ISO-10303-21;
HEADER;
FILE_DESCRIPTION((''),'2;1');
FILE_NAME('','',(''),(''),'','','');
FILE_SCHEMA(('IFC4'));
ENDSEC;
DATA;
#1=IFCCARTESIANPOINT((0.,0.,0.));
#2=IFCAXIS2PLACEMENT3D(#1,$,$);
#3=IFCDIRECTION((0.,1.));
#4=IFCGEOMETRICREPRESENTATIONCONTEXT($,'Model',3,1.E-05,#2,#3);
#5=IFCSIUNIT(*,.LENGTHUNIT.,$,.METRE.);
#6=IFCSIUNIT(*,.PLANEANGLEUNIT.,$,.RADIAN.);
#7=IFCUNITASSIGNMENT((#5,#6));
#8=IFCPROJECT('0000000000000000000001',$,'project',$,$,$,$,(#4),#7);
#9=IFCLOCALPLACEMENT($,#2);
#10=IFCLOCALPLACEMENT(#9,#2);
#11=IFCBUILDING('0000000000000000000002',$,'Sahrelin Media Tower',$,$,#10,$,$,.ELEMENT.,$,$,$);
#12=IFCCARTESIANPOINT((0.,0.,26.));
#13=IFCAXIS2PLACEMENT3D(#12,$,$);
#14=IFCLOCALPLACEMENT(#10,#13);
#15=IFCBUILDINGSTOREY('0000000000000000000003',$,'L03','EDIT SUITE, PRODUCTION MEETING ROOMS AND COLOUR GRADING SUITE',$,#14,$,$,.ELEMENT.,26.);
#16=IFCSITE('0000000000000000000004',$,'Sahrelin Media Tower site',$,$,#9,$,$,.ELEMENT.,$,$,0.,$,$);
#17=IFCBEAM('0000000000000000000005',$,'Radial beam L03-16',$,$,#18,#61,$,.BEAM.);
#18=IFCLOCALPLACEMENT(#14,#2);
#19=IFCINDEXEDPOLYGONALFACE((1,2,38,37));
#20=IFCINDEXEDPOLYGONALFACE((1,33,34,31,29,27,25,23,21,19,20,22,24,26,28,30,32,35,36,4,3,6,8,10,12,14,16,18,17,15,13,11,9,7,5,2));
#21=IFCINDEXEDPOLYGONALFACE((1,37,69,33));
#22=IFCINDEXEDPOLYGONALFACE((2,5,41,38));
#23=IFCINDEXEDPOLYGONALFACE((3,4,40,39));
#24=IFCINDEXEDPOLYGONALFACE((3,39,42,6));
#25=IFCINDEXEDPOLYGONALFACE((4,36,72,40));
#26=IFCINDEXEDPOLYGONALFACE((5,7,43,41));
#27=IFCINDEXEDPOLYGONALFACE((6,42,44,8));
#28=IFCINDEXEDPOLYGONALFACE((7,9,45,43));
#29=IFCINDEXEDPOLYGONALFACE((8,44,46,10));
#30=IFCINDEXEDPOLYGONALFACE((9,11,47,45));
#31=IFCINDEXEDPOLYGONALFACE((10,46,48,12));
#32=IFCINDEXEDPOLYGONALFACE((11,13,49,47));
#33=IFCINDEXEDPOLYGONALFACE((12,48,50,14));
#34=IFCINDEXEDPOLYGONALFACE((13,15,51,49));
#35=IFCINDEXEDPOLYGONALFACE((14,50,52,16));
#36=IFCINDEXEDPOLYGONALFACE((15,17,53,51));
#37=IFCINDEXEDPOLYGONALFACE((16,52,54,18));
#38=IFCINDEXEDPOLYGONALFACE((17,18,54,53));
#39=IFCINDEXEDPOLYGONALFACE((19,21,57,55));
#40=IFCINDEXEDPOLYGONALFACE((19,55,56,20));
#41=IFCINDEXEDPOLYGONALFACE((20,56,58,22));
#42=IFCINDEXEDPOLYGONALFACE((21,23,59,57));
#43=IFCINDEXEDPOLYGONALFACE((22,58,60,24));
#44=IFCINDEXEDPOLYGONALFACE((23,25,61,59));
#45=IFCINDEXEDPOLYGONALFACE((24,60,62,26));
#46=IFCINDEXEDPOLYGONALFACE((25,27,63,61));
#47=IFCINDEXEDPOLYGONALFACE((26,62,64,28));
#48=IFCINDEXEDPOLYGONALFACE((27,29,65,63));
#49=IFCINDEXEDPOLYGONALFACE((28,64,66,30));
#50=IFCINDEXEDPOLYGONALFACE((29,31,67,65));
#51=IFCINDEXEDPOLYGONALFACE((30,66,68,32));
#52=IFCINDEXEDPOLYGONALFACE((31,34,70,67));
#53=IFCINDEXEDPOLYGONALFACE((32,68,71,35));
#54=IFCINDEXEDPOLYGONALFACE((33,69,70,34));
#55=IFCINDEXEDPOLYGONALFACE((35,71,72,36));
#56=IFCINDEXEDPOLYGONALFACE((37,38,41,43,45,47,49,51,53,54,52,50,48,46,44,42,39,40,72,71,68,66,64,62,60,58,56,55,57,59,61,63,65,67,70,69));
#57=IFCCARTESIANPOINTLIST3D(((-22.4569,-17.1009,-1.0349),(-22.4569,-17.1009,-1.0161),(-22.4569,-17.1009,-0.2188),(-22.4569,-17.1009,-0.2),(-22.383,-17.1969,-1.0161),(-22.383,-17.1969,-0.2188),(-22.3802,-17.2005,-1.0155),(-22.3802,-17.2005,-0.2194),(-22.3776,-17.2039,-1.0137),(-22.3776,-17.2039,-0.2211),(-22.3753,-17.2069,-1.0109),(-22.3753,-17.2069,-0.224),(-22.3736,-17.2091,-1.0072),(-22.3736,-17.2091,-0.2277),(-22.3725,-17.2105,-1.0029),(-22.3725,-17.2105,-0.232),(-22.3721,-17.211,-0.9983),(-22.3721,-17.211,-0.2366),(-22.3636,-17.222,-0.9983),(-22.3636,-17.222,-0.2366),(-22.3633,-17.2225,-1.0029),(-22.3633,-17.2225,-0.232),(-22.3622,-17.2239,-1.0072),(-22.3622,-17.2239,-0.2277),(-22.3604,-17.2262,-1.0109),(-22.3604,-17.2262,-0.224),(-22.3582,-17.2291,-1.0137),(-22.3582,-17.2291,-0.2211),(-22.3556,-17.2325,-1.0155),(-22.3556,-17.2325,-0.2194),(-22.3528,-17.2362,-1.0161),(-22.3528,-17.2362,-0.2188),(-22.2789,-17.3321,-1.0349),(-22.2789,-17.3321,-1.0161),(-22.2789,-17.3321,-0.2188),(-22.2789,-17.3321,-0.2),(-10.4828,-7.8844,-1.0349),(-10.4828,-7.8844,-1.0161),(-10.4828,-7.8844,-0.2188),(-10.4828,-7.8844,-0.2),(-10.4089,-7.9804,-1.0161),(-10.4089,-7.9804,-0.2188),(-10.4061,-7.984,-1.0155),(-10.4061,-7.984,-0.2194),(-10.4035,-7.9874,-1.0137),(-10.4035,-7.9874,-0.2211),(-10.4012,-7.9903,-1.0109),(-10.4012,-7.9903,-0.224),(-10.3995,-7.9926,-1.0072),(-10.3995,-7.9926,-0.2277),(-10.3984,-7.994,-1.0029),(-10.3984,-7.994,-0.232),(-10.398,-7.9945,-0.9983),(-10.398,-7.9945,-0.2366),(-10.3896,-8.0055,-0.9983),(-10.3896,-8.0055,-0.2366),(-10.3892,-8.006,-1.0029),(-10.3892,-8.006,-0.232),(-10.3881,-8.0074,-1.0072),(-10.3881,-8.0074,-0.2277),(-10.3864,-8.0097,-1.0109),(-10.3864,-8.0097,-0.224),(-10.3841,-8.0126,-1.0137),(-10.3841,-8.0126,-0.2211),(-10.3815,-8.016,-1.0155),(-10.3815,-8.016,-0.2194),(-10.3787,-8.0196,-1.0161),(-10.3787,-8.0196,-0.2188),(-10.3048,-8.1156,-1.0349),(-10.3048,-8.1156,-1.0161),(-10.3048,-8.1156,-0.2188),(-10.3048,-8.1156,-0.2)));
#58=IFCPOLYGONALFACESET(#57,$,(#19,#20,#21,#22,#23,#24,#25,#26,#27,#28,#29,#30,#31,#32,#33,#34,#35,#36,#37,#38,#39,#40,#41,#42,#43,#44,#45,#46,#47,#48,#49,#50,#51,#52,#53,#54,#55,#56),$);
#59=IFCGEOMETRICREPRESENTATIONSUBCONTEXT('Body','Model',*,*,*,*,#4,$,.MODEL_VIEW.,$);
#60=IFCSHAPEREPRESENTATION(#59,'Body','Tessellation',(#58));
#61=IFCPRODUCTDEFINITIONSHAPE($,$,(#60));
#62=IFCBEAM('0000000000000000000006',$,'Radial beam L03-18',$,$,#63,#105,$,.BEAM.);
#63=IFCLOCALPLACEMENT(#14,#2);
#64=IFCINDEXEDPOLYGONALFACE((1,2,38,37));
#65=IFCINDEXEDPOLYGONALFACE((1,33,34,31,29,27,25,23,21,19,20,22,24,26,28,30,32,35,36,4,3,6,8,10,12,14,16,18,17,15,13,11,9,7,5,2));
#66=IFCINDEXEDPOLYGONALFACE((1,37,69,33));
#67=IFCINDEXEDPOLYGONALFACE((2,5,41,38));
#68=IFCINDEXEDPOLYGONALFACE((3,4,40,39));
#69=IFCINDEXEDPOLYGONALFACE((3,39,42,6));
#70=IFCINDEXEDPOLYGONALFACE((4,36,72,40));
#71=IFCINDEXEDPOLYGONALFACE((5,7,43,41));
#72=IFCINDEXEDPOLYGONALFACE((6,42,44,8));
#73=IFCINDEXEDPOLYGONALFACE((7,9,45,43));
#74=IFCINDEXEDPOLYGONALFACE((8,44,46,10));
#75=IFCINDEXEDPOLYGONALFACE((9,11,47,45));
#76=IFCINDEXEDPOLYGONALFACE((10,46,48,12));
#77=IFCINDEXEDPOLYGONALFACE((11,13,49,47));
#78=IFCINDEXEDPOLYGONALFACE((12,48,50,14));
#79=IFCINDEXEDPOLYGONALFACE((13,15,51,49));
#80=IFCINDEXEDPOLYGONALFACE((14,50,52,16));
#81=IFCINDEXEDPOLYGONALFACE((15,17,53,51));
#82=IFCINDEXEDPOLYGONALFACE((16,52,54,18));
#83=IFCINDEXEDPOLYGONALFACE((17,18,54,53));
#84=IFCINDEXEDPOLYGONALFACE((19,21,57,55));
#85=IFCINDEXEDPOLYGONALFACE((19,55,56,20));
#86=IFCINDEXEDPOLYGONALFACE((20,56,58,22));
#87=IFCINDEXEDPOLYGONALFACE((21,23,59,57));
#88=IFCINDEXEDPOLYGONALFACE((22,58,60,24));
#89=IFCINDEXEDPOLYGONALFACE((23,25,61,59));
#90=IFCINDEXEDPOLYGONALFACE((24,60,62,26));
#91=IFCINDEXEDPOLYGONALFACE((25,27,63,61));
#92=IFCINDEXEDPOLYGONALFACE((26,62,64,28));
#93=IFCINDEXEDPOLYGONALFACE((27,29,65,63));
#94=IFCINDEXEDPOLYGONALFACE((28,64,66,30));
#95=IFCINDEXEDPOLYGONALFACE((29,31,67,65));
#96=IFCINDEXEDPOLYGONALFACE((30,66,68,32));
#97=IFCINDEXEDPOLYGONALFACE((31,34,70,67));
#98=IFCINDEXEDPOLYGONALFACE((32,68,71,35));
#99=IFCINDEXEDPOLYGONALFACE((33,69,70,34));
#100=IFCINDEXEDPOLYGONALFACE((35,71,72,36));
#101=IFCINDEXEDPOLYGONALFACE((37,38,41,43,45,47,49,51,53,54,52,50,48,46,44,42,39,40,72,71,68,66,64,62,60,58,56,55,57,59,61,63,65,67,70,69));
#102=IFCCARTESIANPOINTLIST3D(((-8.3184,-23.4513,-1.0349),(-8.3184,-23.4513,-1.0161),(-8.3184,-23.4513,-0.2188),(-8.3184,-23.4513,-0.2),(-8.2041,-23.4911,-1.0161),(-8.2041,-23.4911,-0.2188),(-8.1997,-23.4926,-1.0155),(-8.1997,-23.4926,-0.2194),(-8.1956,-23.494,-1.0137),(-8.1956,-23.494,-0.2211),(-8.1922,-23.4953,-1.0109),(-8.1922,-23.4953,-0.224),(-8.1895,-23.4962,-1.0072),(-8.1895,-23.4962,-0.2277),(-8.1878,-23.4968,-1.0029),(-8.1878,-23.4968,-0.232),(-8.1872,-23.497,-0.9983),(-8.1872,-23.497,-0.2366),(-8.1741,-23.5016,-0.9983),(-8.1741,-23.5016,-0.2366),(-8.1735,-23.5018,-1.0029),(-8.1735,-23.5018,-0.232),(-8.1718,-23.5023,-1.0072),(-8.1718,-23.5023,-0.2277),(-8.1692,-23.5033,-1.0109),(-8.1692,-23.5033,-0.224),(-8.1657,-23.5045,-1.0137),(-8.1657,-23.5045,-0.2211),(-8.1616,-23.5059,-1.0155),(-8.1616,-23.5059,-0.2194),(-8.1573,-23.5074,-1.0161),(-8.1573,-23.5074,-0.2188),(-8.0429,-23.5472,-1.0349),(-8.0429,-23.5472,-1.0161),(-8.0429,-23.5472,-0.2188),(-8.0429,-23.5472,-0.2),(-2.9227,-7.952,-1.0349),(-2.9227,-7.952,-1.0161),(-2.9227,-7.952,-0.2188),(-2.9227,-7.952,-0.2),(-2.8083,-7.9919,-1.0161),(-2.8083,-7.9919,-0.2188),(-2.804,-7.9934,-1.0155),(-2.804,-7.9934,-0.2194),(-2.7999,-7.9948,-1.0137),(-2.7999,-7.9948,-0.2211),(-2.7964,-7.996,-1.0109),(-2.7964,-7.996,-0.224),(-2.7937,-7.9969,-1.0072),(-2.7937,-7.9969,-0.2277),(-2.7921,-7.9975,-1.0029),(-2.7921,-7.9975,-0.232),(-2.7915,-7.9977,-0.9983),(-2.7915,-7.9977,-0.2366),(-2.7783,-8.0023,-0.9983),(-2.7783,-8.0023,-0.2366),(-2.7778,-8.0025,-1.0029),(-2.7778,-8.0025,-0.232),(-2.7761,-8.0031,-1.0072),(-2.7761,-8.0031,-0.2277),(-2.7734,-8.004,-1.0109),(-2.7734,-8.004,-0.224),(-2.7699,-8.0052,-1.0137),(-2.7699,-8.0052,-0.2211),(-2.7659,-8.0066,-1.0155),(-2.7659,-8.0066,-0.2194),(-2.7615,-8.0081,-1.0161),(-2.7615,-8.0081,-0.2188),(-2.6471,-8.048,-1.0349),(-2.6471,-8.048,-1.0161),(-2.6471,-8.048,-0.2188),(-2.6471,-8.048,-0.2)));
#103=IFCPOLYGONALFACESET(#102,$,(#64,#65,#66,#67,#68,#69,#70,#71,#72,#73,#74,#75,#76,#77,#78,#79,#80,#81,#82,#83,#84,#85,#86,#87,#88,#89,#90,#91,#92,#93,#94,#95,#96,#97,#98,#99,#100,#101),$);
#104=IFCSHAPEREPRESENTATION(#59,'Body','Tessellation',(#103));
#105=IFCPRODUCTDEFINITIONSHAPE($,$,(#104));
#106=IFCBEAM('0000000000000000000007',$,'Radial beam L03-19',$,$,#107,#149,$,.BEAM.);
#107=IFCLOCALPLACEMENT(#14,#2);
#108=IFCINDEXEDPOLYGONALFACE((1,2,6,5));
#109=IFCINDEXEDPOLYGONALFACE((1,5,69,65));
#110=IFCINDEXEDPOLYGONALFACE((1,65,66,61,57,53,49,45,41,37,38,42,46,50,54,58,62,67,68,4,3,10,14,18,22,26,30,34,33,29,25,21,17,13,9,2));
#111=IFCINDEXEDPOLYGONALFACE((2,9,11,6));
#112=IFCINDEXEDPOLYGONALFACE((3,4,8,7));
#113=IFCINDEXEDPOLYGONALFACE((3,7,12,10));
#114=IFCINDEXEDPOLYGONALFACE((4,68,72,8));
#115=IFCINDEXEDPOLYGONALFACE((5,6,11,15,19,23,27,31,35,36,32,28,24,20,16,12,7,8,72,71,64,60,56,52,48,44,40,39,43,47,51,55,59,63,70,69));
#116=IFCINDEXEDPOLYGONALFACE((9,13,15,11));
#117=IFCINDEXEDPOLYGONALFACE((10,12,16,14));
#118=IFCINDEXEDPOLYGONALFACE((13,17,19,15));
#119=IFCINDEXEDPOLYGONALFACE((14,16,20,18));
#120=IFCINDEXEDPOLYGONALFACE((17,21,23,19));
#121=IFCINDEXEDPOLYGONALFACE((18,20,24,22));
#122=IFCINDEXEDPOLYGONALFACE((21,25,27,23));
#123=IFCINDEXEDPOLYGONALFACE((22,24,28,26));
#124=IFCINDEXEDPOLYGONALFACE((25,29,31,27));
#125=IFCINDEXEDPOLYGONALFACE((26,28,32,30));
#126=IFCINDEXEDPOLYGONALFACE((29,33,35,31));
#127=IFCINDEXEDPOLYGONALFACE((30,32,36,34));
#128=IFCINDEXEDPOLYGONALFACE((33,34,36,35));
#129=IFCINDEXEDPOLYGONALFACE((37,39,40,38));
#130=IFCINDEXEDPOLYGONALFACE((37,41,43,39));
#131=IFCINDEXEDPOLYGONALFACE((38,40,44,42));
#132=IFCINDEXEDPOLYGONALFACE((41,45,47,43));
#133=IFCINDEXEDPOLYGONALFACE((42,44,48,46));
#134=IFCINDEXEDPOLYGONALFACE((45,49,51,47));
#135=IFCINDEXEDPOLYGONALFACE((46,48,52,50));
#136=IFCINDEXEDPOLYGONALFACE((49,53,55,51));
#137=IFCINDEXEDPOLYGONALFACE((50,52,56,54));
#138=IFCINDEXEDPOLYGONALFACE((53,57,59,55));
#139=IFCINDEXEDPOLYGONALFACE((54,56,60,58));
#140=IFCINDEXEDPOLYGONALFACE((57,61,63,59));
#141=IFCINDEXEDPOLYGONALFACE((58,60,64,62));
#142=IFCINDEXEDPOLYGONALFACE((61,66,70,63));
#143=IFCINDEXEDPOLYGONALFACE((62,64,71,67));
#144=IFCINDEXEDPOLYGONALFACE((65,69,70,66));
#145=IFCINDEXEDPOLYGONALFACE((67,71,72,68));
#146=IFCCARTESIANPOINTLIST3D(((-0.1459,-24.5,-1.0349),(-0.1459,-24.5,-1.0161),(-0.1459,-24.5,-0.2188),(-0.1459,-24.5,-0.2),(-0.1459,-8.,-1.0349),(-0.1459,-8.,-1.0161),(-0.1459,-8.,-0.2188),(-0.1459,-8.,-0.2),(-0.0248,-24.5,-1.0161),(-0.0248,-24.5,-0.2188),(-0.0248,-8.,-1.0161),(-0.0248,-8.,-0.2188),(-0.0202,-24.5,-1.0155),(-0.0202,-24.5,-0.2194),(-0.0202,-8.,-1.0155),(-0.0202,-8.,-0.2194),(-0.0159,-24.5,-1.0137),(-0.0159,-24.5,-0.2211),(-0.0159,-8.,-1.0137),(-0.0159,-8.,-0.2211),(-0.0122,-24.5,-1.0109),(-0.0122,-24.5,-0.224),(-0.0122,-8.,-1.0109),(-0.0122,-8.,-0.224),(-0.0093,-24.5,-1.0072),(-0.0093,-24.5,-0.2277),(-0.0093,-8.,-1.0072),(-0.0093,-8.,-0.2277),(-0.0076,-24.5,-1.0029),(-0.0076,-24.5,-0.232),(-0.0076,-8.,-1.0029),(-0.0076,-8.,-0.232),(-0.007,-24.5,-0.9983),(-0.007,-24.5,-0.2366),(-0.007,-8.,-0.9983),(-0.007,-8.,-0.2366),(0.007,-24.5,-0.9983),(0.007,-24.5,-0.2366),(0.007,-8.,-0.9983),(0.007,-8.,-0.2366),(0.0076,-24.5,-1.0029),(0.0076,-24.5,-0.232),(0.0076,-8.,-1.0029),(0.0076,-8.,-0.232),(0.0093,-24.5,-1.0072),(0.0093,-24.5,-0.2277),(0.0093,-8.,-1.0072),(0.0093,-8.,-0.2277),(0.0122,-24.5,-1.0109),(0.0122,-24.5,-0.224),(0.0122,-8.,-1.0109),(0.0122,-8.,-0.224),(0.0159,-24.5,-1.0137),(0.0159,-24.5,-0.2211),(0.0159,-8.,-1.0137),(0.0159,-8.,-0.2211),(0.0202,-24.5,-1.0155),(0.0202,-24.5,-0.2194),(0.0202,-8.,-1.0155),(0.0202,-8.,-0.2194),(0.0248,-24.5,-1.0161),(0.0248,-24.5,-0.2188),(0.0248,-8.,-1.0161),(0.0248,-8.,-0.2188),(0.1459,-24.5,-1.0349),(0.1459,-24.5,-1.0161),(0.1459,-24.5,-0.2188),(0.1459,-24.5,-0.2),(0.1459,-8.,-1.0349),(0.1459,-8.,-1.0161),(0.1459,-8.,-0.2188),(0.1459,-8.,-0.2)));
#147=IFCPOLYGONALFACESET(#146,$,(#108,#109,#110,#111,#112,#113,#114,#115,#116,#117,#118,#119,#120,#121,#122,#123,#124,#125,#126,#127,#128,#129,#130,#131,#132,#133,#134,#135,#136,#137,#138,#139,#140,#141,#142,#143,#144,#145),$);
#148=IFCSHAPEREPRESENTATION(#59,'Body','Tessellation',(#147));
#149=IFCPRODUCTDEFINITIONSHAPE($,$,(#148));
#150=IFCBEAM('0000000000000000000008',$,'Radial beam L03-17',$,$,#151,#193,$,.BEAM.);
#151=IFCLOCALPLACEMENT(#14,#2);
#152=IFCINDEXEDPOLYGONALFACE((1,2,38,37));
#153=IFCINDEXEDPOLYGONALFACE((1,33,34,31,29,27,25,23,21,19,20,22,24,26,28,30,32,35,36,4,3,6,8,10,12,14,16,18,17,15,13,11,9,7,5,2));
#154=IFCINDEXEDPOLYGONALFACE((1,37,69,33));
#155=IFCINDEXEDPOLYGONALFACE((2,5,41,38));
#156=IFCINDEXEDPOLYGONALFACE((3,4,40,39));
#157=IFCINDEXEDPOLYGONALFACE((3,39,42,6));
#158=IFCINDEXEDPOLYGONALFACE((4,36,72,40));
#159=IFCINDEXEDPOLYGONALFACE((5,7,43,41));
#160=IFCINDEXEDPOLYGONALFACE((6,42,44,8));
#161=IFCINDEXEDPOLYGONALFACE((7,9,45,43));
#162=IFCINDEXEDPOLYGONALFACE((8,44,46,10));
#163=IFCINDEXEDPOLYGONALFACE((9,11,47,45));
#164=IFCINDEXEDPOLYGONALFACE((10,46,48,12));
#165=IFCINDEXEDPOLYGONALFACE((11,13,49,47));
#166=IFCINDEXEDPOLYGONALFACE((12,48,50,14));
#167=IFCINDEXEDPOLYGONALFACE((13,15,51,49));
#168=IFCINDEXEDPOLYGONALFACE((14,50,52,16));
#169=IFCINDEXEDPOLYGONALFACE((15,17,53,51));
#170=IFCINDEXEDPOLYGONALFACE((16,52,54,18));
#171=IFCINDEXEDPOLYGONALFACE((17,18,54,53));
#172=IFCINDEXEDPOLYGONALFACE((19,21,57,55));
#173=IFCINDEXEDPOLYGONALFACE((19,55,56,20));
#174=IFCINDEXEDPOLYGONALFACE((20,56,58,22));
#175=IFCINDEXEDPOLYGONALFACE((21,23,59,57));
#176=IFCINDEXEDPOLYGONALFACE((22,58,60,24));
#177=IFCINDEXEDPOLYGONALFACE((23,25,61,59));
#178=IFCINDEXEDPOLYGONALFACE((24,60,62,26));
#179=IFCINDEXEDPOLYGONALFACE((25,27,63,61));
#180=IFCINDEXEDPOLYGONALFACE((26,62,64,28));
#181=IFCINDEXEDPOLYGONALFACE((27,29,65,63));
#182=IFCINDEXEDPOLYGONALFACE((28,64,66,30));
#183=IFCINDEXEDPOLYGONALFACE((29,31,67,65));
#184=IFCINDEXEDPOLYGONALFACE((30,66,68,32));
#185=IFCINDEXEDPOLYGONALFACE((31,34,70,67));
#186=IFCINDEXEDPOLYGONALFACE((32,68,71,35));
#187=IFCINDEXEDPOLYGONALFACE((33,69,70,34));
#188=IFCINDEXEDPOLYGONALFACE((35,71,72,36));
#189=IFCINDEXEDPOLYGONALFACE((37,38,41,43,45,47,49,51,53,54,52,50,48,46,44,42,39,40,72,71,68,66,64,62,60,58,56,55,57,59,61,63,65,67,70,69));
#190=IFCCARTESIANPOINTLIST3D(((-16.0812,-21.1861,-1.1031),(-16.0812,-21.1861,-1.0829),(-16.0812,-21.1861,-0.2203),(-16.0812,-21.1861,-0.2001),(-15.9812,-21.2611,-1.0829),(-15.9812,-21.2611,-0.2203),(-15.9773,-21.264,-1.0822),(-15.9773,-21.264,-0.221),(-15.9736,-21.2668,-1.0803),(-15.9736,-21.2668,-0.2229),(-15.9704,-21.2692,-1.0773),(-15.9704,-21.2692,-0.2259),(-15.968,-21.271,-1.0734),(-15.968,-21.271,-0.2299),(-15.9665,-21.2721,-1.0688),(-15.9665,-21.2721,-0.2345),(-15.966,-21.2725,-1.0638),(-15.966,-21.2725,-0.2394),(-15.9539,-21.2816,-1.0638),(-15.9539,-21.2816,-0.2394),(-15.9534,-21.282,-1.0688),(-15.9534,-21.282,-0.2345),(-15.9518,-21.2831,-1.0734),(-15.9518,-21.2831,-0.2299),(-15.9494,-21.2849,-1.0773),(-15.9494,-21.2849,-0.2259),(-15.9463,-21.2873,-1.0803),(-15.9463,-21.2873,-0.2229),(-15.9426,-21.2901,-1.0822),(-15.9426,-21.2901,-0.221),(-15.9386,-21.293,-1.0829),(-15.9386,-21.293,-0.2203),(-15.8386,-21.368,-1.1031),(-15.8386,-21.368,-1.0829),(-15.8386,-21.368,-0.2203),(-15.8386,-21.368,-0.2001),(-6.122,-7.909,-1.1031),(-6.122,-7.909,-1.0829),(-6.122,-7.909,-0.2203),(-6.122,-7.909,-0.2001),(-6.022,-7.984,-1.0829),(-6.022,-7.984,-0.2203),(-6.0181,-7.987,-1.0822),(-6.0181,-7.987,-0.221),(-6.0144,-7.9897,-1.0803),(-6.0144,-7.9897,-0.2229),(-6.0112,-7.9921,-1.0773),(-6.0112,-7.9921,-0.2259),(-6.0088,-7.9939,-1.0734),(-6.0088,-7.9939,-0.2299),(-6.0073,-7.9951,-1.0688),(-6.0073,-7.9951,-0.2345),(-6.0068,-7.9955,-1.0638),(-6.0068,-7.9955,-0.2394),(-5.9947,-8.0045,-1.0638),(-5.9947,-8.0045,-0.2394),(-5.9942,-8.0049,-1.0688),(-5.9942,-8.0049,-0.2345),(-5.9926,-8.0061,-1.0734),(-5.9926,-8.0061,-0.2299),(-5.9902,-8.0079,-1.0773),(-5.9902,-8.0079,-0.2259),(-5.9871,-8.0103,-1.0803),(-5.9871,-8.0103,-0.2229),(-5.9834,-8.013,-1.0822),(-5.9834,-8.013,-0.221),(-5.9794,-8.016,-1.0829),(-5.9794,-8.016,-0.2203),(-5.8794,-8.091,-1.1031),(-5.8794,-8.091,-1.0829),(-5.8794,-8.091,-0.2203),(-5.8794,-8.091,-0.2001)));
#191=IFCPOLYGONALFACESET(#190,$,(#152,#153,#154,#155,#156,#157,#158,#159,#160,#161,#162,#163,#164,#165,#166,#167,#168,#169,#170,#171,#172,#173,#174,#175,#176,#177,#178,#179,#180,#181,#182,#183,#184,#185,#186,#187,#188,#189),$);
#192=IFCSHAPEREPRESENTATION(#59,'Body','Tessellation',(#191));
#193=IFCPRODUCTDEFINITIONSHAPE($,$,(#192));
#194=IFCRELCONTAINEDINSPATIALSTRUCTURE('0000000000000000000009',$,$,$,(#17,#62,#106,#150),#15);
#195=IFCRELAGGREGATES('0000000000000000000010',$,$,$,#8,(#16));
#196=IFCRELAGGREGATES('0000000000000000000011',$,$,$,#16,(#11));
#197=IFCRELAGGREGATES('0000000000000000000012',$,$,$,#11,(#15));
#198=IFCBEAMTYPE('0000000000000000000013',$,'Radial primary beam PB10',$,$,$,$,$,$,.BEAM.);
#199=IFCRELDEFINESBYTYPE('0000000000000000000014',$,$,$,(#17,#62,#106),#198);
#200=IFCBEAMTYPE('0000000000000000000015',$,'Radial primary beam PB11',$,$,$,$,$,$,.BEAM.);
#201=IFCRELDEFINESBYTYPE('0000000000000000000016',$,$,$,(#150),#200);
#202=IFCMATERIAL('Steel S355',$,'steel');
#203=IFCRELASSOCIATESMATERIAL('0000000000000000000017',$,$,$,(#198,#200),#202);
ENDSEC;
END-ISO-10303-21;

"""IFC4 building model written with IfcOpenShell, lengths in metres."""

from ifc_helpers import new_model, si_unit, direction, frame, origin, origin_2d, place, context, subcontext, project, spatial, i_section, extrude, material, material_profile, profile_set, type_object, element, save


model = new_model("IFC4")

# Units and contexts
model_context = context("Model", 3, precision=1e-05, world=origin(), true_north=direction((0.0, 1.0)))
body_context = subcontext(model_context, "Body", "Model", "MODEL_VIEW")
ifc_project = project(units=[si_unit("LENGTHUNIT", "METRE"), si_unit("PLANEANGLEUNIT", "RADIAN")], contexts=[model_context])

# Site, building, storey
site_placement = place(None, origin())
site = spatial("IfcSite", under=ifc_project, at=site_placement, Name="Sahrelin Media Tower site", CompositionType="ELEMENT", RefElevation=0.0)
building_placement = place(site_placement, origin())
building = spatial("IfcBuilding", under=site, at=building_placement, Name="Sahrelin Media Tower", CompositionType="ELEMENT")
storey_placement = place(building_placement, frame((0.0, 0.0, 26.0)))
storey = spatial("IfcBuildingStorey", under=building, at=storey_placement, Name="L03", Description="EDIT SUITE, PRODUCTION MEETING ROOMS AND COLOUR GRADING SUITE", CompositionType="ELEMENT", Elevation=26.0)

# Beams
ifc_material_1 = material(Name="Steel S355", Category="steel")
ifc_material_profile_1 = material_profile(ifc_material_1, i_section(OverallWidth=0.2917, OverallDepth=0.835, WebThickness=0.0139, FlangeThickness=0.0188, FilletRadius=0.0178, at=origin_2d()), Name="UB 838x292x176")
ifc_profile_set_1 = profile_set([ifc_material_profile_1], Name="Steel S355")
beam_type_1 = type_object("IfcBeamType", Name="Radial primary beam PB10", PredefinedType="BEAM", material=ifc_profile_set_1)
beam_1_placement = place(storey_placement, frame((-10.3938, -8.0, -0.6174), z_axis=(-0.792442, -0.609947, 0.0), x_axis=(0.609947, -0.792442, 0.0)))
element("IfcBeam", 1, at=beam_1_placement, inside=storey, type_object=beam_type_1, Name="Radial beam L03-16", PredefinedType="BEAM", context=body_context, shape_type="SweptSolid", body=[
    extrude(i_section(OverallWidth=0.2917, OverallDepth=0.835, WebThickness=0.0139, FlangeThickness=0.0188, FilletRadius=0.0178, at=origin_2d()), origin(), (0.0, 0.0, 1.0), 15.1104),
])
beam_2_placement = place(storey_placement, frame((-2.7849, -8.0, -0.6174), z_axis=(-0.328776, -0.944408, 0.0), x_axis=(0.944408, -0.328776, 0.0)))
element("IfcBeam", 2, at=beam_2_placement, inside=storey, type_object=beam_type_1, Name="Radial beam L03-18", PredefinedType="BEAM", context=body_context, shape_type="SweptSolid", body=[
    extrude(i_section(OverallWidth=0.2917, OverallDepth=0.835, WebThickness=0.0139, FlangeThickness=0.0188, FilletRadius=0.0178, at=origin_2d()), origin(), (0.0, 0.0, 1.0), 16.4116),
])
beam_3_placement = place(storey_placement, frame((0.0, -8.0, -0.6174), z_axis=(0.0, -1.0, 0.0), x_axis=(1.0, 0.0, 0.0)))
element("IfcBeam", 3, at=beam_3_placement, inside=storey, type_object=beam_type_1, Name="Radial beam L03-19", PredefinedType="BEAM", context=body_context, shape_type="SweptSolid", body=[
    extrude(i_section(OverallWidth=0.2917, OverallDepth=0.835, WebThickness=0.0139, FlangeThickness=0.0188, FilletRadius=0.0178, at=origin_2d()), origin(), (0.0, 0.0, 1.0), 16.5),
])
ifc_material_profile_2 = material_profile(ifc_material_1, i_section(OverallWidth=0.3032, OverallDepth=0.9031, WebThickness=0.0151, FlangeThickness=0.0203, FilletRadius=0.019, at=origin_2d()), Name="UB 914x305x201")
ifc_profile_set_2 = profile_set([ifc_material_profile_2], Name="Steel S355")
beam_type_2 = type_object("IfcBeamType", Name="Radial primary beam PB11", PredefinedType="BEAM", material=ifc_profile_set_2)
beam_4_placement = place(storey_placement, frame((-6.0007, -8.0, -0.6516), z_axis=(-0.600054, -0.799959, 0.0), x_axis=(0.799959, -0.600054, 0.0)))
element("IfcBeam", 4, at=beam_4_placement, inside=storey, type_object=beam_type_2, Name="Radial beam L03-17", PredefinedType="BEAM", context=body_context, shape_type="SweptSolid", body=[
    extrude(i_section(OverallWidth=0.3032, OverallDepth=0.9031, WebThickness=0.0151, FlangeThickness=0.0203, FilletRadius=0.019, at=origin_2d()), origin(), (0.0, 0.0, 1.0), 16.5972),
])

save(model, "model.ifc")
